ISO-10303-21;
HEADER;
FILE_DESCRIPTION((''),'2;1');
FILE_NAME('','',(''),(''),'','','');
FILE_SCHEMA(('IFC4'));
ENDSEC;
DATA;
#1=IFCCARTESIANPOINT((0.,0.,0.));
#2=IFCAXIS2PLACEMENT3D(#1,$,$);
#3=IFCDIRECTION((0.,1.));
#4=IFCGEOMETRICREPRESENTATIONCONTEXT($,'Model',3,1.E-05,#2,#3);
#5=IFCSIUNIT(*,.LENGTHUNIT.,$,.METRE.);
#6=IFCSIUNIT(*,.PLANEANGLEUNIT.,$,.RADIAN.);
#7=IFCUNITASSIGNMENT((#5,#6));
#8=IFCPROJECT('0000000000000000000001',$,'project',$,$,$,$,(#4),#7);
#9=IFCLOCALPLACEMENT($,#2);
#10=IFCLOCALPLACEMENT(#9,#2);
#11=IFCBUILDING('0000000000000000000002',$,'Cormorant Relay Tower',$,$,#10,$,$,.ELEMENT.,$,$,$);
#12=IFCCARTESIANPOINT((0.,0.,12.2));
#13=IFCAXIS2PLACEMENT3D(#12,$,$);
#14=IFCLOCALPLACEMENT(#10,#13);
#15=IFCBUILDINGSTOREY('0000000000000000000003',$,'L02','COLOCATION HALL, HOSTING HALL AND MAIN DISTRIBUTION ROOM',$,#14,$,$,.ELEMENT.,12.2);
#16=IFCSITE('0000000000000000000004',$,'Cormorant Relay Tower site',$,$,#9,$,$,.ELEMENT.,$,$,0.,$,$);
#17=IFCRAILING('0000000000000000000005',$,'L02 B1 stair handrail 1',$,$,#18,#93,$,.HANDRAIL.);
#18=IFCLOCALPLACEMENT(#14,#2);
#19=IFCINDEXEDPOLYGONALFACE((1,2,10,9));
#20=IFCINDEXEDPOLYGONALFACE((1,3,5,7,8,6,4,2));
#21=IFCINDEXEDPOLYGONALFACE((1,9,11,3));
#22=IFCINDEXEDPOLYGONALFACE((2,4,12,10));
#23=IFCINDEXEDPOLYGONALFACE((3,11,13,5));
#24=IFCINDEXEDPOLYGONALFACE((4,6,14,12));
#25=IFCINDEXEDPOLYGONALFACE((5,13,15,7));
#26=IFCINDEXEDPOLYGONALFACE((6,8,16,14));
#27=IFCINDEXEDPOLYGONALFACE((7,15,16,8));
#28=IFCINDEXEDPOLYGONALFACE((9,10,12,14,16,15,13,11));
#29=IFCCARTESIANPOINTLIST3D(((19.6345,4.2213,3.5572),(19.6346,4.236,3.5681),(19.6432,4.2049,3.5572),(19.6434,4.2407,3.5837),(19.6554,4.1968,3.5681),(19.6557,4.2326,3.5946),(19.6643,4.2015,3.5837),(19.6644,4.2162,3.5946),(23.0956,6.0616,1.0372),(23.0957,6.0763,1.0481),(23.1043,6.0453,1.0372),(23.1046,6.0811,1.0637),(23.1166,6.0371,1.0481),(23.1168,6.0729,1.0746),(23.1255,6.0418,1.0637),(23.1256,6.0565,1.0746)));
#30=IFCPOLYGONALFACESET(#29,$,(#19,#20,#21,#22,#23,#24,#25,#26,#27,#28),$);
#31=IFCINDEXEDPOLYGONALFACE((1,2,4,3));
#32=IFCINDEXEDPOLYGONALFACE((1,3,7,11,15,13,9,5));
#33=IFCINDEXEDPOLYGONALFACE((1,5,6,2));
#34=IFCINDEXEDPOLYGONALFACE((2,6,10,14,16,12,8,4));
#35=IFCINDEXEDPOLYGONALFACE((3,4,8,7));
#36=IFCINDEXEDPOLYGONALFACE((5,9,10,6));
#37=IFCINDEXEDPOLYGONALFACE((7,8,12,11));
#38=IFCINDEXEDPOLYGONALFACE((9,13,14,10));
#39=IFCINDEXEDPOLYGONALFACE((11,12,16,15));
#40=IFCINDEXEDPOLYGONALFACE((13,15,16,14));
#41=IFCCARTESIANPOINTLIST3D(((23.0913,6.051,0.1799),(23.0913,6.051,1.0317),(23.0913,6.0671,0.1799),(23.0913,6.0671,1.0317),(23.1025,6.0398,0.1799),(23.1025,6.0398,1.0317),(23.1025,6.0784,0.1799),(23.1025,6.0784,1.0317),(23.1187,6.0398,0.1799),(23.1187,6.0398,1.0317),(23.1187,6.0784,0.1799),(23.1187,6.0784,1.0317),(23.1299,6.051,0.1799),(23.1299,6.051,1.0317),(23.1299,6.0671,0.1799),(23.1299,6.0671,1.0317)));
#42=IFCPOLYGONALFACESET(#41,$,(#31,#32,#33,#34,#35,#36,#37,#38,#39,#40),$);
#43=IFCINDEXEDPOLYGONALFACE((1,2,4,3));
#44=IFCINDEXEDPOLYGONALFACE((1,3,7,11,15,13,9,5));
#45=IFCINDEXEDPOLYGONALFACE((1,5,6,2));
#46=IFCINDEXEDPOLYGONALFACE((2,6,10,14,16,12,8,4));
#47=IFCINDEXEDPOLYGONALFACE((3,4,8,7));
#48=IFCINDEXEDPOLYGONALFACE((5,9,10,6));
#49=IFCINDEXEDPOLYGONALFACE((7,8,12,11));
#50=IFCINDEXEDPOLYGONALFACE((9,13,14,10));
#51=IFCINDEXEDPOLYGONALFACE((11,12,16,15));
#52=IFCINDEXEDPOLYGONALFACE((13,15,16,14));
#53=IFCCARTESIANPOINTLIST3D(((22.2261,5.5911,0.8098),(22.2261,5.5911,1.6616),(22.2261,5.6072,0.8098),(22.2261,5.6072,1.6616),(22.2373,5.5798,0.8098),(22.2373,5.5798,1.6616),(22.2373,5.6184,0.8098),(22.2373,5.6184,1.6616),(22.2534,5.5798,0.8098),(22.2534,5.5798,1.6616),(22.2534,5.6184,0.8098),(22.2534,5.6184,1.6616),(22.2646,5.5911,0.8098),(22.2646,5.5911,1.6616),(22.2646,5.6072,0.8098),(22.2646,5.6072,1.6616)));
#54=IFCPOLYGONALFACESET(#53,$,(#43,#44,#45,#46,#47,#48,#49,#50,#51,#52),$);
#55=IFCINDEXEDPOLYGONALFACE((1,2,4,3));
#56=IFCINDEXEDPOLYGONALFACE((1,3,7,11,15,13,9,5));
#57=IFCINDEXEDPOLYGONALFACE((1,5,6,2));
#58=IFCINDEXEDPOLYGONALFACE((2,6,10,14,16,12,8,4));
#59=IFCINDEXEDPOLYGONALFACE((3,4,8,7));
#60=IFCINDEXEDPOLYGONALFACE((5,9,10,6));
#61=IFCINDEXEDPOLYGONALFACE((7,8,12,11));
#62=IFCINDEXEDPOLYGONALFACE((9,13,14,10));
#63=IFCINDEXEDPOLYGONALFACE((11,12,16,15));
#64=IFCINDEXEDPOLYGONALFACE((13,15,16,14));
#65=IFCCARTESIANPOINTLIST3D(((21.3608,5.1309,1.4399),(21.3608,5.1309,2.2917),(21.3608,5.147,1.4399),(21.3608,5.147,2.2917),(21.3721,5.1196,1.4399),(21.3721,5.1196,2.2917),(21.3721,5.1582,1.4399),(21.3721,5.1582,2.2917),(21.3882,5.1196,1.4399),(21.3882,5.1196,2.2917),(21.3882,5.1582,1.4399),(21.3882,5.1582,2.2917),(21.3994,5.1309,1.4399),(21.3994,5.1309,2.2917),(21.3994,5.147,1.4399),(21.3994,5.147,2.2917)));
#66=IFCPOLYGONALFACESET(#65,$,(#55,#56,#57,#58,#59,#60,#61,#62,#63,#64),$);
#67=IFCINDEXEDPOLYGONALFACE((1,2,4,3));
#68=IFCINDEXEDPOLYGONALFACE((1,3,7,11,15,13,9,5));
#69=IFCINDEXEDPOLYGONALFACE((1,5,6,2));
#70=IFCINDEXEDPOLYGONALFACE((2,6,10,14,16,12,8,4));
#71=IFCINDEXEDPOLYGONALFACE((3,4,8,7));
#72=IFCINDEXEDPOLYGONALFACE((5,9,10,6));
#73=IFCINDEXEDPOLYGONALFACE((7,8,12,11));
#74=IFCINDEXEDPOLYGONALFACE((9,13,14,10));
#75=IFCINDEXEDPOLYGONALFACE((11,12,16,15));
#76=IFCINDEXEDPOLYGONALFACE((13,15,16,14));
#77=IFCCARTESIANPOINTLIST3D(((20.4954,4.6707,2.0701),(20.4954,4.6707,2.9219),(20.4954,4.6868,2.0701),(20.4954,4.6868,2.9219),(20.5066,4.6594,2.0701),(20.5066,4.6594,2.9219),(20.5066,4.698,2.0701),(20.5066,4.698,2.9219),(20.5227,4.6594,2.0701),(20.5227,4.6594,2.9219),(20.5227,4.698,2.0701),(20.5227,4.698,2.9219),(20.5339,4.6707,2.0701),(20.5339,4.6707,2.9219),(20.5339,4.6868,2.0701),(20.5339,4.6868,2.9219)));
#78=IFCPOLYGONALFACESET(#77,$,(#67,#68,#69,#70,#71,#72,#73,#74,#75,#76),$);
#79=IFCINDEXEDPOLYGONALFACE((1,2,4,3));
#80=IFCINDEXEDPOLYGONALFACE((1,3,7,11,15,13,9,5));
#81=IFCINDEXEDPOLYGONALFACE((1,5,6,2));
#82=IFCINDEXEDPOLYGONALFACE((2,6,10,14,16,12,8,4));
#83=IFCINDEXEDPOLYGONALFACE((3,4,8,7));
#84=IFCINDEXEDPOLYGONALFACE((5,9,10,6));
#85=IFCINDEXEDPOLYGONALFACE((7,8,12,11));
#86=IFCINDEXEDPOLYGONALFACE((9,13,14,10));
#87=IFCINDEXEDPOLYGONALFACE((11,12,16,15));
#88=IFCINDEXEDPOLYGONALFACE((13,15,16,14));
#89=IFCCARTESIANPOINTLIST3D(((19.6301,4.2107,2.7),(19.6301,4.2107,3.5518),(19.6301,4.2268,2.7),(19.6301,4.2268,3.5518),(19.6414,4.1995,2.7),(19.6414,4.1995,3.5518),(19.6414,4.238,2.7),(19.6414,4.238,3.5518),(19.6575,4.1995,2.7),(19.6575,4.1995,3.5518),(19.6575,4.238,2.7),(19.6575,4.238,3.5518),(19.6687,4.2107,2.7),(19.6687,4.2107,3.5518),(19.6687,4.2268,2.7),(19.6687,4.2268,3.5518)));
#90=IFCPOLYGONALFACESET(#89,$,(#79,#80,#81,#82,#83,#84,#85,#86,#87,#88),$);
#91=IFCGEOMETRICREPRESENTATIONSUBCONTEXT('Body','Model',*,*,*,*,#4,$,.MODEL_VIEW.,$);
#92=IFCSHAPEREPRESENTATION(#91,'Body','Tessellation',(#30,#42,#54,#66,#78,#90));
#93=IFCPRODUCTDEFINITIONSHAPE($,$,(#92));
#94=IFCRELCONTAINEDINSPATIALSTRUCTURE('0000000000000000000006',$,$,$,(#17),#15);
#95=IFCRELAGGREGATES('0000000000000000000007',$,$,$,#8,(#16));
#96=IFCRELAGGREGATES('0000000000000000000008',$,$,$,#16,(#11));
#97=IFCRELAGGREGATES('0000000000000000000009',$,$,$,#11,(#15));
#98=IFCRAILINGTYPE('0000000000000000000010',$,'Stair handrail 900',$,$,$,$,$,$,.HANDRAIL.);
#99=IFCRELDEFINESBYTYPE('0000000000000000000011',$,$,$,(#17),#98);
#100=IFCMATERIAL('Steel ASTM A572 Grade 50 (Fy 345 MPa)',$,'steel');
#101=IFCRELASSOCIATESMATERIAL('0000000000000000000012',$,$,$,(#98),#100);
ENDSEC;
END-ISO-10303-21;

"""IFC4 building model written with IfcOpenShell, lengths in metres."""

from ifc_helpers import new_model, si_unit, direction, frame, origin, place, context, subcontext, project, spatial, polyline, outline, extrude, material, type_object, element, save


model = new_model("IFC4")

# Units and contexts
model_context = context("Model", 3, precision=1e-05, world=origin(), true_north=direction((0.0, 1.0)))
body_context = subcontext(model_context, "Body", "Model", "MODEL_VIEW")
ifc_project = project(units=[si_unit("LENGTHUNIT", "METRE"), si_unit("PLANEANGLEUNIT", "RADIAN")], contexts=[model_context])

# Site, building, storey
site_placement = place(None, origin())
site = spatial("IfcSite", under=ifc_project, at=site_placement, Name="Cormorant Relay Tower site", CompositionType="ELEMENT", RefElevation=0.0)
building_placement = place(site_placement, origin())
building = spatial("IfcBuilding", under=site, at=building_placement, Name="Cormorant Relay Tower", CompositionType="ELEMENT")
storey_placement = place(building_placement, frame((0.0, 0.0, 12.2)))
storey = spatial("IfcBuildingStorey", under=building, at=storey_placement, Name="L02", Description="COLOCATION HALL, HOSTING HALL AND MAIN DISTRIBUTION ROOM", CompositionType="ELEMENT", Elevation=12.2)

# Railing
ifc_material_1 = material(Name="Steel ASTM A572 Grade 50 (Fy 345 MPa)", Category="steel")
railing_type_1 = type_object("IfcRailingType", Name="Stair handrail 900", PredefinedType="HANDRAIL", material=ifc_material_1)
railing_1_placement = place(storey_placement, frame((23.1106, 6.0591, 0.1799)))
element("IfcRailing", 1, at=railing_1_placement, inside=storey, type_object=railing_type_1, Name="L02 B1 stair handrail 1", PredefinedType="HANDRAIL", context=body_context, shape_type="SweptSolid", body=[
    extrude(outline(polyline([(0.0222, 0.0093), (0.0093, 0.0222), (-0.0093, 0.0222), (-0.0222, 0.0093), (-0.0222, -0.0093), (-0.0093, -0.0222), (0.0093, -0.0222), (0.0222, -0.0093), (0.0222, 0.0093)])), frame((0.0, 0.0, 0.876), z_axis=(-0.742717, -0.394907, 0.540758), x_axis=(0.469469, -0.882949, 0.0)), (0.0, 0.0, 1.0), 4.6602),
    extrude(outline(polyline([(0.0193, 0.0081), (0.0081, 0.0193), (-0.0081, 0.0193), (-0.0193, 0.0081), (-0.0193, -0.0081), (-0.0081, -0.0193), (0.0081, -0.0193), (0.0193, -0.0081), (0.0193, 0.0081)])), origin(), (0.0, 0.0, 1.0), 0.8518),
    extrude(outline(polyline([(0.0193, 0.0081), (0.0081, 0.0193), (-0.0081, 0.0193), (-0.0193, 0.0081), (-0.0193, -0.0081), (-0.0081, -0.0193), (0.0081, -0.0193), (0.0193, -0.0081), (0.0193, 0.0081)])), frame((-0.8652, -0.46, 0.6299)), (0.0, 0.0, 1.0), 0.8518),
    extrude(outline(polyline([(0.0193, 0.0081), (0.0081, 0.0193), (-0.0081, 0.0193), (-0.0193, 0.0081), (-0.0193, -0.0081), (-0.0081, -0.0193), (0.0081, -0.0193), (0.0193, -0.0081), (0.0193, 0.0081)])), frame((-1.7305, -0.9202, 1.26)), (0.0, 0.0, 1.0), 0.8518),
    extrude(outline(polyline([(0.0193, 0.0081), (0.0081, 0.0193), (-0.0081, 0.0193), (-0.0193, 0.0081), (-0.0193, -0.0081), (-0.0081, -0.0193), (0.0081, -0.0193), (0.0193, -0.0081), (0.0193, 0.0081)])), frame((-2.5959, -1.3804, 1.8901)), (0.0, 0.0, 1.0), 0.8518),
    extrude(outline(polyline([(0.0193, 0.0081), (0.0081, 0.0193), (-0.0081, 0.0193), (-0.0193, 0.0081), (-0.0193, -0.0081), (-0.0081, -0.0193), (0.0081, -0.0193), (0.0193, -0.0081), (0.0193, 0.0081)])), frame((-3.4612, -1.8403, 2.52)), (0.0, 0.0, 1.0), 0.8518),
])

save(model, "model.ifc")
